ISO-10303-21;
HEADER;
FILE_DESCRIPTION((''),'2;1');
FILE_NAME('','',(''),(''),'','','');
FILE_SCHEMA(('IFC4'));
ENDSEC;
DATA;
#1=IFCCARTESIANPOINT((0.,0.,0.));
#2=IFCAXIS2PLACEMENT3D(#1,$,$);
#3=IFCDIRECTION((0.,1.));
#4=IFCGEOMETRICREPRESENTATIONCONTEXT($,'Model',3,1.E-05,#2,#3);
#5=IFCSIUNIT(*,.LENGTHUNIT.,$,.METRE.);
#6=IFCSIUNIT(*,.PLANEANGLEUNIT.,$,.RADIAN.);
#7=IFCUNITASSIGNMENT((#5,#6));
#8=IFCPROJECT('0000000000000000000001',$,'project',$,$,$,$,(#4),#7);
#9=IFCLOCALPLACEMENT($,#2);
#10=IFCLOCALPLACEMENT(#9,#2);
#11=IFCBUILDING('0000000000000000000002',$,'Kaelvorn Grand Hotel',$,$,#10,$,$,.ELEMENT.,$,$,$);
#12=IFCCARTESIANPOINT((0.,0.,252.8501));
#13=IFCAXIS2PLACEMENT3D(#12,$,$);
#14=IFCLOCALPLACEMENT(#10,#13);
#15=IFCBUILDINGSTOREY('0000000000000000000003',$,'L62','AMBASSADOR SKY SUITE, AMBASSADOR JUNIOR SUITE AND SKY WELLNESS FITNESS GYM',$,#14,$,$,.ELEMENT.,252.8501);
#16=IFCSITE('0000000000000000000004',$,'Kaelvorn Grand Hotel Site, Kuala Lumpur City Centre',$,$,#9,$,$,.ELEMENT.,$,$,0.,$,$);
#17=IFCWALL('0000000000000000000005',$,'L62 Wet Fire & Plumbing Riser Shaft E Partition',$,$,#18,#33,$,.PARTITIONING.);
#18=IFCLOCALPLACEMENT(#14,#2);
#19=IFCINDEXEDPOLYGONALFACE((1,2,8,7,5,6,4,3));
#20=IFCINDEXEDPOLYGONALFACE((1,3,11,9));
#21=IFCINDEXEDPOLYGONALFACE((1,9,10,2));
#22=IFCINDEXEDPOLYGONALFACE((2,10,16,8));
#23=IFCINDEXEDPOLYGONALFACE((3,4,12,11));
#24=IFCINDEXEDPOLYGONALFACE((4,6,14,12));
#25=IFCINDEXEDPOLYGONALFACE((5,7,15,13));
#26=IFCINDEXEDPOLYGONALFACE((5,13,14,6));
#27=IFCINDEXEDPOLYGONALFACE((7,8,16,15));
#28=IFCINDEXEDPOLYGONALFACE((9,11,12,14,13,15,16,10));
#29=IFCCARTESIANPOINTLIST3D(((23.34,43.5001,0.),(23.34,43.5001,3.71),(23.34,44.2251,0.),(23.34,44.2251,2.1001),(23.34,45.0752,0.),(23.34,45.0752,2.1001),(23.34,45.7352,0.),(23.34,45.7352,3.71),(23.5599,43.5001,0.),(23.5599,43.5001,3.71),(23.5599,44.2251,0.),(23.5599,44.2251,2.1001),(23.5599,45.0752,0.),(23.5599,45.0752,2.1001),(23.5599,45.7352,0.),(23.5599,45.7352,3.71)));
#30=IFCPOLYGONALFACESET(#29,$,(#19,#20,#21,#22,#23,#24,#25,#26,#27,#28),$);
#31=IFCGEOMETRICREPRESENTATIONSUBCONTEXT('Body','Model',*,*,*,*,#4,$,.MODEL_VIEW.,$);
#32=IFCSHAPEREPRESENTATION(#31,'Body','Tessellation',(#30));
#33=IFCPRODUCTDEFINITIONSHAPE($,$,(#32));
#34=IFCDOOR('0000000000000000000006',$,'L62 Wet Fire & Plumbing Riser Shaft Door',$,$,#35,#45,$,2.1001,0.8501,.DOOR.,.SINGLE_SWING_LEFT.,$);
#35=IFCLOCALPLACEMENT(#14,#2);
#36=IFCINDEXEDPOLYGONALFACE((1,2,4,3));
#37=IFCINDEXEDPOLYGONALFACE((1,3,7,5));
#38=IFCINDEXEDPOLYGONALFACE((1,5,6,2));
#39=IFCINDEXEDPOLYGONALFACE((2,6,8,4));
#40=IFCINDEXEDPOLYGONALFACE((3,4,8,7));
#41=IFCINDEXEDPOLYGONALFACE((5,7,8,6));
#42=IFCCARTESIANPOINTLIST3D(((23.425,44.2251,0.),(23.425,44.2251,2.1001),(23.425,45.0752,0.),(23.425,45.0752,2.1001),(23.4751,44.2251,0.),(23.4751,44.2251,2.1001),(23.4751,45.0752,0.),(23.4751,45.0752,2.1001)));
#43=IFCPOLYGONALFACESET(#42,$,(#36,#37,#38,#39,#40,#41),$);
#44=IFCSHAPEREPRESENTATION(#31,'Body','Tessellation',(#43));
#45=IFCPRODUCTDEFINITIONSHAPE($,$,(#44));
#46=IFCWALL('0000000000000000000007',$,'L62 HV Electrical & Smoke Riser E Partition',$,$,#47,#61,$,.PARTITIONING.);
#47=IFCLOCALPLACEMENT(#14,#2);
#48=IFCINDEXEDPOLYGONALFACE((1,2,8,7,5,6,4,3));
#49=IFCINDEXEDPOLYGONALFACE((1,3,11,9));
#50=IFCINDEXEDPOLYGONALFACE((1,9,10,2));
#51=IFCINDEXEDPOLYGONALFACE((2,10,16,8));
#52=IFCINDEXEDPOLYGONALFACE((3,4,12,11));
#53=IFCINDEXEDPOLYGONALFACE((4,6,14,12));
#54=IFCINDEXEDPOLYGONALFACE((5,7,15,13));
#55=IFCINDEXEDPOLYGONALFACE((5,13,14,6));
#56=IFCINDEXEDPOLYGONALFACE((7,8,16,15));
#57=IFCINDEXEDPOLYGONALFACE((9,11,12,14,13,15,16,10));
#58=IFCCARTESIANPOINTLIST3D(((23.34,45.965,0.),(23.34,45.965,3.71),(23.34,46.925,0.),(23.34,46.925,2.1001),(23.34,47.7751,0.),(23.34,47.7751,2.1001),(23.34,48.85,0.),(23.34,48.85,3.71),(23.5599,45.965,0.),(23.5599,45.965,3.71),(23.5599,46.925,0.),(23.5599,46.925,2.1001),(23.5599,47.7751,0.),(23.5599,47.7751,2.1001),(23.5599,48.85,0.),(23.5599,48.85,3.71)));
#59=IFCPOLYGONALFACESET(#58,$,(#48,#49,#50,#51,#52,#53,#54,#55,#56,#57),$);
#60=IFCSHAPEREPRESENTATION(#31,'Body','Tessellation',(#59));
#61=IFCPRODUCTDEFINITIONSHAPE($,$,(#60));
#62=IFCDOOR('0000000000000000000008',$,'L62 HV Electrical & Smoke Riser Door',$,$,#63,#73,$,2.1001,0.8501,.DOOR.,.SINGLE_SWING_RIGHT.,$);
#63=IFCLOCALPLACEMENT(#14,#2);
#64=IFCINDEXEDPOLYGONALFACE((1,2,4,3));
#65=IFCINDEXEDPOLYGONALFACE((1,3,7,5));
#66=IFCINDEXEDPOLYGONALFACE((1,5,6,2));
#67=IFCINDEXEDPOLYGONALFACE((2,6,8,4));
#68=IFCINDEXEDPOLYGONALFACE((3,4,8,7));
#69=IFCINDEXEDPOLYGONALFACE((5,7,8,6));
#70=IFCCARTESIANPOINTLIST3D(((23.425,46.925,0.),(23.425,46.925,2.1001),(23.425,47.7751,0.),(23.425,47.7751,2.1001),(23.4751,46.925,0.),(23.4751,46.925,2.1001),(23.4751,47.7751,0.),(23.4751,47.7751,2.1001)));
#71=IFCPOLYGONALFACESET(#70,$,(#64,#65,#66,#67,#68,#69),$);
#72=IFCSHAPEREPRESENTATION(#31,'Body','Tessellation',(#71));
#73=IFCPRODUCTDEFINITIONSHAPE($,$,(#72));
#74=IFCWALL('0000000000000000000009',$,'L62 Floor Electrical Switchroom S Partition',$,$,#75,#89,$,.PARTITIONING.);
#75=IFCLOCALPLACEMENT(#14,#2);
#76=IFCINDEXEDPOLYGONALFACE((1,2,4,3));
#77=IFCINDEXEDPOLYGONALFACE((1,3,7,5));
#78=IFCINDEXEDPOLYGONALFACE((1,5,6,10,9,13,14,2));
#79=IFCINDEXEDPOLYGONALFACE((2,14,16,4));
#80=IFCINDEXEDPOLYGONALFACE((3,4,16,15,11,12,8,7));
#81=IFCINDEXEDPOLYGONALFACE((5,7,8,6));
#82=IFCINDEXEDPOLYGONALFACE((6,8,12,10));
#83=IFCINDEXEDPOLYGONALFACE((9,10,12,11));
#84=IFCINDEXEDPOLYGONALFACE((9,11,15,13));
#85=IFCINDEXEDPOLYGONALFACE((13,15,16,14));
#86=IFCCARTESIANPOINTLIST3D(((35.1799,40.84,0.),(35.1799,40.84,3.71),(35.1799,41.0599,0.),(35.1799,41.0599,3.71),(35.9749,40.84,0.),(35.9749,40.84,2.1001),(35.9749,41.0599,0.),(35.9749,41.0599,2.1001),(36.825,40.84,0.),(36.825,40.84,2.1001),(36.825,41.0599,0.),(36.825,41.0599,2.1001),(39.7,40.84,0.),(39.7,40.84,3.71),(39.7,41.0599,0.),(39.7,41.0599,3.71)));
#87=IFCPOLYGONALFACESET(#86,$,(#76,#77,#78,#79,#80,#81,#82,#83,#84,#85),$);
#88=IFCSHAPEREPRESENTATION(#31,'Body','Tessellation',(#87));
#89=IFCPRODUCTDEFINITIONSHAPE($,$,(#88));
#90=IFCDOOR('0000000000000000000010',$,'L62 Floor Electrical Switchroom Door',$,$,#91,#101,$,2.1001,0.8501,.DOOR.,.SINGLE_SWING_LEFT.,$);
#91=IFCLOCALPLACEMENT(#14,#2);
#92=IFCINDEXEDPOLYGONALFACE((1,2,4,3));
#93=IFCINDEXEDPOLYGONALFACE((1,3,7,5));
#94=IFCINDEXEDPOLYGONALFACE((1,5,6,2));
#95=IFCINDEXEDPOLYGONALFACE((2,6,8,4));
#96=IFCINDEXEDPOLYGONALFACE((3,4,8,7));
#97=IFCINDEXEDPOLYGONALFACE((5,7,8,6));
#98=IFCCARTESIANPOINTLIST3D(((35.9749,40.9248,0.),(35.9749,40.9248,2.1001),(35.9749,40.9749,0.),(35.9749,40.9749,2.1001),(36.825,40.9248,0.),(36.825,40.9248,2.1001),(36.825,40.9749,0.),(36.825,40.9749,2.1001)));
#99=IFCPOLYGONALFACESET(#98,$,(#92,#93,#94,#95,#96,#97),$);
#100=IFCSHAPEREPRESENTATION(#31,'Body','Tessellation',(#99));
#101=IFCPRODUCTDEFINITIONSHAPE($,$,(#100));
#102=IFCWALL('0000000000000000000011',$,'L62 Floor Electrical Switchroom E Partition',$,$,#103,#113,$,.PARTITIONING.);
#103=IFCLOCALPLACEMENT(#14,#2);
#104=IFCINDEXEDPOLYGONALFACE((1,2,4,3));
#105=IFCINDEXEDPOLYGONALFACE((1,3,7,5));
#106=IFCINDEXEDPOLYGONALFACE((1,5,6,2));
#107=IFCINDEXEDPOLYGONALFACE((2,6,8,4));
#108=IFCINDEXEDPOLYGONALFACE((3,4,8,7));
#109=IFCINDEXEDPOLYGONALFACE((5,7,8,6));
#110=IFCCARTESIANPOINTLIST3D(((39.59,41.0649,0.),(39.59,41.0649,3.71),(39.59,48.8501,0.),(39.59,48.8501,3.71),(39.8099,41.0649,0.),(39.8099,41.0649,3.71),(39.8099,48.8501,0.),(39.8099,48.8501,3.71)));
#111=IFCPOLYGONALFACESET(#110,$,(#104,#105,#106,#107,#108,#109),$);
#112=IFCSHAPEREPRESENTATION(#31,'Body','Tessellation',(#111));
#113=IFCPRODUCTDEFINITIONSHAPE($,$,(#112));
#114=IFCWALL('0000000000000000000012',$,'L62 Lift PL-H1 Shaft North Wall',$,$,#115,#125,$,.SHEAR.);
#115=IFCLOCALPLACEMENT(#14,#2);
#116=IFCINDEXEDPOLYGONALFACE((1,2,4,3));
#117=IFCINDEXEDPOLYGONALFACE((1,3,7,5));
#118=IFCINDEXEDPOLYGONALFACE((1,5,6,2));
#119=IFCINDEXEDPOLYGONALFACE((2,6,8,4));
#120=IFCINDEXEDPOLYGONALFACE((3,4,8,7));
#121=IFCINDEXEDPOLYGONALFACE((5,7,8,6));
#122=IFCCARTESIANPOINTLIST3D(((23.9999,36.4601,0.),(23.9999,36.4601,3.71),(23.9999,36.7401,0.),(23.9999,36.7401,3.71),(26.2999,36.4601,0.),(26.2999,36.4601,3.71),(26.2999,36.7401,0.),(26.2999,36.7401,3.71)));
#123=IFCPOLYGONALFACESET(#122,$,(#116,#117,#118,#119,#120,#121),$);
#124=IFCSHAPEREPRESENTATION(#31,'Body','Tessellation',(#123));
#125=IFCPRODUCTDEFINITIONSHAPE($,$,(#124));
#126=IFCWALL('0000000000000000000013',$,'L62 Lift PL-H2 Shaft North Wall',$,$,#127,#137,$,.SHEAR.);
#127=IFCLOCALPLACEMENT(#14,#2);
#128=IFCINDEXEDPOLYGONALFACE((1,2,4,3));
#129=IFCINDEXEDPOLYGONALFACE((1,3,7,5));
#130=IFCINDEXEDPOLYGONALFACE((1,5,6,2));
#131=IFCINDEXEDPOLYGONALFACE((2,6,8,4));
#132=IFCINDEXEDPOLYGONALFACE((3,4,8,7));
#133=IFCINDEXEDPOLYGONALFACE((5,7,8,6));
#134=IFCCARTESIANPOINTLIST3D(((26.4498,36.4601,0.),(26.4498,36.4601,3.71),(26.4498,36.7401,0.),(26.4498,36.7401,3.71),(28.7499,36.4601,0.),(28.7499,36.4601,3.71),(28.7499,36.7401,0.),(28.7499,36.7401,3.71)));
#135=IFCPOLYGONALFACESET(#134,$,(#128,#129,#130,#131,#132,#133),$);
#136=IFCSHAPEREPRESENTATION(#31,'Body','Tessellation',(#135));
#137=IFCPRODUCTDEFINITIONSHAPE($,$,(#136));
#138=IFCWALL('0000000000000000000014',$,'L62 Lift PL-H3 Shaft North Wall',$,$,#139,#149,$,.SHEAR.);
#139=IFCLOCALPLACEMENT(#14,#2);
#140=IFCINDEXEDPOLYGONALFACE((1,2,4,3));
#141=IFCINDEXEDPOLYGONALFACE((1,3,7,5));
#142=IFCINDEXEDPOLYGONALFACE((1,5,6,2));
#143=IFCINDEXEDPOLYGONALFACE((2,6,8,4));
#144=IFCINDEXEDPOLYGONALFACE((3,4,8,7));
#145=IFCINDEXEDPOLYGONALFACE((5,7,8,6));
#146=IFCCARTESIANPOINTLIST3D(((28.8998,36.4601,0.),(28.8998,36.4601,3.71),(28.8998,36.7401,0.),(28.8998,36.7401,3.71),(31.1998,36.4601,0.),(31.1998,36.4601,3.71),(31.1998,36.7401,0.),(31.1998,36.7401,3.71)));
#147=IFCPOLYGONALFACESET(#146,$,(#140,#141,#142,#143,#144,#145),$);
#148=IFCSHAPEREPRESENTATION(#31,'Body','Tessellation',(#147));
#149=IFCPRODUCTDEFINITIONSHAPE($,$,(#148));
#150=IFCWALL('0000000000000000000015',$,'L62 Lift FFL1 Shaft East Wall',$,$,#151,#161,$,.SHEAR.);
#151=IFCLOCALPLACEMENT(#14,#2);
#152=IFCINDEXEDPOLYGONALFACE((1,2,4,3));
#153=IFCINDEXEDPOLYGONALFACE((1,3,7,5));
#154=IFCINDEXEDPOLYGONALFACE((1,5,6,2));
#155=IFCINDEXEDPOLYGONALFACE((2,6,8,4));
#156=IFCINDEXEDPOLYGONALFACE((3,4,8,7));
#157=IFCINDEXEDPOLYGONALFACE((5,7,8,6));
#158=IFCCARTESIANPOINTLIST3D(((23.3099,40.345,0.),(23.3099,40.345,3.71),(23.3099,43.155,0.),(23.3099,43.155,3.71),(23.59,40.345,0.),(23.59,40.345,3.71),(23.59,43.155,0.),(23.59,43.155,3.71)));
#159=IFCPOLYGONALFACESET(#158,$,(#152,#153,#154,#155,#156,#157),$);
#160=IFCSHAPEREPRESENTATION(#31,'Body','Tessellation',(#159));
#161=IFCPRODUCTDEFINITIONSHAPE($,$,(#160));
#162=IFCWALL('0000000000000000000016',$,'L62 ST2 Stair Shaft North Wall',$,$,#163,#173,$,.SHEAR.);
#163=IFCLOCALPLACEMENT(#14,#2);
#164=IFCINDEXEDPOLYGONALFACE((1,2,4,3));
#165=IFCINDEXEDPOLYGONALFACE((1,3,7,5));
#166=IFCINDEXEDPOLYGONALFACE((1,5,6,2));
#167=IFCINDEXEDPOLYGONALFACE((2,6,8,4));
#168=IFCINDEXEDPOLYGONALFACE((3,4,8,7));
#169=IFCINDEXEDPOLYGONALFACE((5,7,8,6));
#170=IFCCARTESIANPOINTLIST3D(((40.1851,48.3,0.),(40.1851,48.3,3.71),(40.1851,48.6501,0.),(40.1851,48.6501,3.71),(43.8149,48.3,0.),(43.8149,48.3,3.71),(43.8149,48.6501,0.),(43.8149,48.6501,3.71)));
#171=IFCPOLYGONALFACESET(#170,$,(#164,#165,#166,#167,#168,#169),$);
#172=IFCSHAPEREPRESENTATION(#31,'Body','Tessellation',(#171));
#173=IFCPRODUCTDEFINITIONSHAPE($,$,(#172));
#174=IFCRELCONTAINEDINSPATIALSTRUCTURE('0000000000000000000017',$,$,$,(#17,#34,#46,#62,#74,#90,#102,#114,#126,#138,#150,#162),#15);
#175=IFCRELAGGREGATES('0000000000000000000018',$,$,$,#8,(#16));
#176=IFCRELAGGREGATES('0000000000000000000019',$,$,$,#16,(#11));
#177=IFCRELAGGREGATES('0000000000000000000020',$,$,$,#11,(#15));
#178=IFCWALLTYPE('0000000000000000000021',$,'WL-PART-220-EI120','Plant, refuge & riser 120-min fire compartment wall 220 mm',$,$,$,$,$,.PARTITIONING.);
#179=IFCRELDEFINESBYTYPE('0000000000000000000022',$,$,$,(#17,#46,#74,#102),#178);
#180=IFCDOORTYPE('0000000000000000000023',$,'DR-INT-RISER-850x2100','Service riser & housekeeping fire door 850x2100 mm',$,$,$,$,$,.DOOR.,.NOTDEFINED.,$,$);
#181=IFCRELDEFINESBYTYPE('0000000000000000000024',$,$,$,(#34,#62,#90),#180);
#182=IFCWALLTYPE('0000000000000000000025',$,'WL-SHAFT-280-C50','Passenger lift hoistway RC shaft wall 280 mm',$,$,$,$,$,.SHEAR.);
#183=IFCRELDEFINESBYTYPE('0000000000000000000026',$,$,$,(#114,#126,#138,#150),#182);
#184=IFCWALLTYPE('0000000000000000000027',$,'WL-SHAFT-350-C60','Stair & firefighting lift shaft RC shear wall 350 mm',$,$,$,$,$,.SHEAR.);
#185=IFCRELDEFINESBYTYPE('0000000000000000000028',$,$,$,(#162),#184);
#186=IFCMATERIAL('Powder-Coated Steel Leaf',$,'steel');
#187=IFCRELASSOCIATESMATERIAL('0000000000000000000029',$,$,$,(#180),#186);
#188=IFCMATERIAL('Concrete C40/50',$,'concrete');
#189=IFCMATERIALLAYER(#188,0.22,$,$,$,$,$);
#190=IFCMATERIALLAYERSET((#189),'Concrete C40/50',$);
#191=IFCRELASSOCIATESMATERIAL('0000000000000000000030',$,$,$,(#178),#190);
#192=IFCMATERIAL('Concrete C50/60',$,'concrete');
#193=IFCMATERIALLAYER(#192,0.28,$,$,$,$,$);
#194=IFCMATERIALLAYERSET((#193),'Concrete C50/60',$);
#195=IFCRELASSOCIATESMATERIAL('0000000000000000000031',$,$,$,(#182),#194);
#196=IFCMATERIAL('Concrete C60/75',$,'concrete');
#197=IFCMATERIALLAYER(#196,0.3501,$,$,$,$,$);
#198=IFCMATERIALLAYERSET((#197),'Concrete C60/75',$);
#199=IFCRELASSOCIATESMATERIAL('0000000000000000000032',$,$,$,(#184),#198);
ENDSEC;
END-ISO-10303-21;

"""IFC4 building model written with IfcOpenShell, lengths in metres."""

from ifc_helpers import new_model, si_unit, direction, frame, frame_2d, origin, place, context, subcontext, project, spatial, rectangle, extrude, material, layer, layer_set, type_object, element, fill, save


model = new_model("IFC4")

# Units and contexts
model_context = context("Model", 3, precision=1e-05, world=origin(), true_north=direction((0.0, 1.0)))
body_context = subcontext(model_context, "Body", "Model", "MODEL_VIEW")
ifc_project = project(units=[si_unit("LENGTHUNIT", "METRE"), si_unit("PLANEANGLEUNIT", "RADIAN")], contexts=[model_context])

# Site, building, storey
site_placement = place(None, origin())
site = spatial("IfcSite", under=ifc_project, at=site_placement, Name="Kaelvorn Grand Hotel Site, Kuala Lumpur City Centre", CompositionType="ELEMENT", RefElevation=0.0)
building_placement = place(site_placement, origin())
building = spatial("IfcBuilding", under=site, at=building_placement, Name="Kaelvorn Grand Hotel", CompositionType="ELEMENT")
storey_placement = place(building_placement, frame((0.0, 0.0, 252.8501)))
storey = spatial("IfcBuildingStorey", under=building, at=storey_placement, Name="L62", Description="AMBASSADOR SKY SUITE, AMBASSADOR JUNIOR SUITE AND SKY WELLNESS FITNESS GYM", CompositionType="ELEMENT", Elevation=252.8501)

# Shared definitions
ifc_material_1 = material(Name="Concrete C50/60", Category="concrete")

# Shared definitions
ifc_material_2 = material(Name="Powder-Coated Steel Leaf", Category="steel")
door_type_1 = type_object("IfcDoorType", Name="DR-INT-RISER-850x2100", Description="Service riser & housekeeping fire door 850x2100 mm", OperationType="NOTDEFINED", PredefinedType="DOOR", material=ifc_material_2)

# Walls, openings, doors
ifc_material_3 = material(Name="Concrete C40/50", Category="concrete")
ifc_layer_1 = layer(ifc_material_3, 0.22)
ifc_layer_set_1 = layer_set([ifc_layer_1], Name="Concrete C40/50")
wall_type_1 = type_object("IfcWallType", Name="WL-PART-220-EI120", Description="Plant, refuge & riser 120-min fire compartment wall 220 mm", PredefinedType="PARTITIONING", material=ifc_layer_set_1)
wall_1_placement = place(storey_placement, frame((23.45, 43.5, 0.0), z_axis=(0.0, 0.0, 1.0), x_axis=(0.0, 1.0, 0.0)))
wall_1 = element("IfcWall", 1, at=wall_1_placement, inside=storey, type_object=wall_type_1, Name="L62 Wet Fire & Plumbing Riser Shaft E Partition", PredefinedType="PARTITIONING", context=body_context, shape_type="SweptSolid", body=[
    extrude(rectangle(XDim=2.2351, YDim=0.22, at=frame_2d((1.1177, 0.0))), origin(), (0.0, 0.0, 1.0), 3.71),
])
opening_1_placement = place(wall_1_placement, frame((0.7251, 0.0, 0.0)))
opening_1 = element("IfcOpeningElement", 2, at=opening_1_placement, cuts=wall_1, PredefinedType="OPENING", context=body_context, shape_type="SweptSolid", body=[
    extrude(rectangle(XDim=0.8501, YDim=2.1001, at=frame_2d((0.425, 1.05))), frame((0.0, 0.1201, 0.0), z_axis=(0.0, -1.0, 0.0), x_axis=(1.0, 0.0, 0.0)), (0.0, 0.0, 1.0), 0.24),
])
door_1_placement = place(opening_1_placement, origin())
door_1 = element("IfcDoor", 3, at=door_1_placement, inside=storey, type_object=door_type_1, Name="L62 Wet Fire & Plumbing Riser Shaft Door", OperationType="SINGLE_SWING_LEFT", OverallHeight=2.1001, OverallWidth=0.8501, PredefinedType="DOOR", context=body_context, shape_type="SweptSolid", body=[
    extrude(rectangle(XDim=0.8501, YDim=2.1001, at=frame_2d((0.425, 1.05))), frame((0.0, 0.0249, 0.0), z_axis=(0.0, -1.0, 0.0), x_axis=(1.0, 0.0, 0.0)), (0.0, 0.0, 1.0), 0.05),
])
fill(opening_1, door_1)
wall_2_placement = place(storey_placement, frame((23.45, 45.9651, 0.0), z_axis=(0.0, 0.0, 1.0), x_axis=(0.0, 1.0, 0.0)))
wall_2 = element("IfcWall", 4, at=wall_2_placement, inside=storey, type_object=wall_type_1, Name="L62 HV Electrical & Smoke Riser E Partition", PredefinedType="PARTITIONING", context=body_context, shape_type="SweptSolid", body=[
    extrude(rectangle(XDim=2.885, YDim=0.22, at=frame_2d((1.4424, 0.0))), origin(), (0.0, 0.0, 1.0), 3.71),
])
opening_2_placement = place(wall_2_placement, frame((0.96, 0.0, 0.0)))
opening_2 = element("IfcOpeningElement", 5, at=opening_2_placement, cuts=wall_2, PredefinedType="OPENING", context=body_context, shape_type="SweptSolid", body=[
    extrude(rectangle(XDim=0.8501, YDim=2.1001, at=frame_2d((0.425, 1.05))), frame((0.0, 0.1201, 0.0), z_axis=(0.0, -1.0, 0.0), x_axis=(1.0, 0.0, 0.0)), (0.0, 0.0, 1.0), 0.24),
])
door_2_placement = place(opening_2_placement, origin())
door_2 = element("IfcDoor", 6, at=door_2_placement, inside=storey, type_object=door_type_1, Name="L62 HV Electrical & Smoke Riser Door", OperationType="SINGLE_SWING_RIGHT", OverallHeight=2.1001, OverallWidth=0.8501, PredefinedType="DOOR", context=body_context, shape_type="SweptSolid", body=[
    extrude(rectangle(XDim=0.8501, YDim=2.1001, at=frame_2d((0.425, 1.05))), frame((0.0, 0.0249, 0.0), z_axis=(0.0, -1.0, 0.0), x_axis=(1.0, 0.0, 0.0)), (0.0, 0.0, 1.0), 0.05),
])
fill(opening_2, door_2)
wall_3_placement = place(storey_placement, frame((35.1799, 40.95, 0.0), z_axis=(0.0, 0.0, 1.0), x_axis=(1.0, 0.0, 0.0)))
wall_3 = element("IfcWall", 7, at=wall_3_placement, inside=storey, type_object=wall_type_1, Name="L62 Floor Electrical Switchroom S Partition", PredefinedType="PARTITIONING", context=body_context, shape_type="SweptSolid", body=[
    extrude(rectangle(XDim=4.52, YDim=0.22, at=frame_2d((2.26, 0.0))), origin(), (0.0, 0.0, 1.0), 3.71),
])
opening_3_placement = place(wall_3_placement, frame((0.7949, 0.0, 0.0)))
opening_3 = element("IfcOpeningElement", 8, at=opening_3_placement, cuts=wall_3, PredefinedType="OPENING", context=body_context, shape_type="SweptSolid", body=[
    extrude(rectangle(XDim=0.8501, YDim=2.1001, at=frame_2d((0.425, 1.05))), frame((0.0, 0.1201, 0.0), z_axis=(0.0, -1.0, 0.0), x_axis=(1.0, 0.0, 0.0)), (0.0, 0.0, 1.0), 0.24),
])
door_3_placement = place(opening_3_placement, origin())
door_3 = element("IfcDoor", 9, at=door_3_placement, inside=storey, type_object=door_type_1, Name="L62 Floor Electrical Switchroom Door", OperationType="SINGLE_SWING_LEFT", OverallHeight=2.1001, OverallWidth=0.8501, PredefinedType="DOOR", context=body_context, shape_type="SweptSolid", body=[
    extrude(rectangle(XDim=0.8501, YDim=2.1001, at=frame_2d((0.425, 1.05))), frame((0.0, 0.0249, 0.0), z_axis=(0.0, -1.0, 0.0), x_axis=(1.0, 0.0, 0.0)), (0.0, 0.0, 1.0), 0.05),
])
fill(opening_3, door_3)

# Walls
wall_4_placement = place(storey_placement, frame((39.7, 41.0649, 0.0), z_axis=(0.0, 0.0, 1.0), x_axis=(0.0, 1.0, 0.0)))
element("IfcWall", 10, at=wall_4_placement, inside=storey, type_object=wall_type_1, Name="L62 Floor Electrical Switchroom E Partition", PredefinedType="PARTITIONING", context=body_context, shape_type="SweptSolid", body=[
    extrude(rectangle(XDim=7.7852, YDim=0.22, at=frame_2d((3.8926, 0.0))), origin(), (0.0, 0.0, 1.0), 3.71),
])
ifc_layer_2 = layer(ifc_material_1, 0.28)
ifc_layer_set_2 = layer_set([ifc_layer_2], Name="Concrete C50/60")
wall_type_2 = type_object("IfcWallType", Name="WL-SHAFT-280-C50", Description="Passenger lift hoistway RC shaft wall 280 mm", PredefinedType="SHEAR", material=ifc_layer_set_2)
for number, where, z_axis, x_axis, name in (
    (11, (24.0, 36.6001, 0.0), (0.0, 0.0, 1.0), (1.0, 0.0, 0.0), "L62 Lift PL-H1 Shaft North Wall"),
    (12, (26.45, 36.6001, 0.0), (0.0, 0.0, 1.0), (1.0, 0.0, 0.0), "L62 Lift PL-H2 Shaft North Wall"),
    (13, (28.8999, 36.6001, 0.0), (0.0, 0.0, 1.0), (1.0, 0.0, 0.0), "L62 Lift PL-H3 Shaft North Wall"),
):
    element("IfcWall", number, at=place(storey_placement, frame(where, z_axis=z_axis, x_axis=x_axis)), inside=storey, type_object=wall_type_2, Name=name, PredefinedType="SHEAR", context=body_context, shape_type="SweptSolid", body=[
        extrude(rectangle(XDim=2.3, YDim=0.28, at=frame_2d((1.1499, 0.0))), origin(), (0.0, 0.0, 1.0), 3.71),
    ])
wall_5_placement = place(storey_placement, frame((23.45, 40.345, 0.0), z_axis=(0.0, 0.0, 1.0), x_axis=(0.0, 1.0, 0.0)))
element("IfcWall", 14, at=wall_5_placement, inside=storey, type_object=wall_type_2, Name="L62 Lift FFL1 Shaft East Wall", PredefinedType="SHEAR", context=body_context, shape_type="SweptSolid", body=[
    extrude(rectangle(XDim=2.8101, YDim=0.28, at=frame_2d((1.405, 0.0))), origin(), (0.0, 0.0, 1.0), 3.71),
])

# Shared definitions
ifc_material_4 = material(Name="Concrete C60/75", Category="concrete")
ifc_layer_3 = layer(ifc_material_4, 0.3501)
ifc_layer_set_3 = layer_set([ifc_layer_3], Name="Concrete C60/75")
wall_type_3 = type_object("IfcWallType", Name="WL-SHAFT-350-C60", Description="Stair & firefighting lift shaft RC shear wall 350 mm", PredefinedType="SHEAR", material=ifc_layer_set_3)

# Wall
wall_6_placement = place(storey_placement, frame((40.1851, 48.4751, 0.0), z_axis=(0.0, 0.0, 1.0), x_axis=(1.0, 0.0, 0.0)))
element("IfcWall", 15, at=wall_6_placement, inside=storey, type_object=wall_type_3, Name="L62 ST2 Stair Shaft North Wall", PredefinedType="SHEAR", context=body_context, shape_type="SweptSolid", body=[
    extrude(rectangle(XDim=3.6299, YDim=0.3501, at=frame_2d((1.8149, 0.0))), origin(), (0.0, 0.0, 1.0), 3.71),
])

save(model, "model.ifc")
